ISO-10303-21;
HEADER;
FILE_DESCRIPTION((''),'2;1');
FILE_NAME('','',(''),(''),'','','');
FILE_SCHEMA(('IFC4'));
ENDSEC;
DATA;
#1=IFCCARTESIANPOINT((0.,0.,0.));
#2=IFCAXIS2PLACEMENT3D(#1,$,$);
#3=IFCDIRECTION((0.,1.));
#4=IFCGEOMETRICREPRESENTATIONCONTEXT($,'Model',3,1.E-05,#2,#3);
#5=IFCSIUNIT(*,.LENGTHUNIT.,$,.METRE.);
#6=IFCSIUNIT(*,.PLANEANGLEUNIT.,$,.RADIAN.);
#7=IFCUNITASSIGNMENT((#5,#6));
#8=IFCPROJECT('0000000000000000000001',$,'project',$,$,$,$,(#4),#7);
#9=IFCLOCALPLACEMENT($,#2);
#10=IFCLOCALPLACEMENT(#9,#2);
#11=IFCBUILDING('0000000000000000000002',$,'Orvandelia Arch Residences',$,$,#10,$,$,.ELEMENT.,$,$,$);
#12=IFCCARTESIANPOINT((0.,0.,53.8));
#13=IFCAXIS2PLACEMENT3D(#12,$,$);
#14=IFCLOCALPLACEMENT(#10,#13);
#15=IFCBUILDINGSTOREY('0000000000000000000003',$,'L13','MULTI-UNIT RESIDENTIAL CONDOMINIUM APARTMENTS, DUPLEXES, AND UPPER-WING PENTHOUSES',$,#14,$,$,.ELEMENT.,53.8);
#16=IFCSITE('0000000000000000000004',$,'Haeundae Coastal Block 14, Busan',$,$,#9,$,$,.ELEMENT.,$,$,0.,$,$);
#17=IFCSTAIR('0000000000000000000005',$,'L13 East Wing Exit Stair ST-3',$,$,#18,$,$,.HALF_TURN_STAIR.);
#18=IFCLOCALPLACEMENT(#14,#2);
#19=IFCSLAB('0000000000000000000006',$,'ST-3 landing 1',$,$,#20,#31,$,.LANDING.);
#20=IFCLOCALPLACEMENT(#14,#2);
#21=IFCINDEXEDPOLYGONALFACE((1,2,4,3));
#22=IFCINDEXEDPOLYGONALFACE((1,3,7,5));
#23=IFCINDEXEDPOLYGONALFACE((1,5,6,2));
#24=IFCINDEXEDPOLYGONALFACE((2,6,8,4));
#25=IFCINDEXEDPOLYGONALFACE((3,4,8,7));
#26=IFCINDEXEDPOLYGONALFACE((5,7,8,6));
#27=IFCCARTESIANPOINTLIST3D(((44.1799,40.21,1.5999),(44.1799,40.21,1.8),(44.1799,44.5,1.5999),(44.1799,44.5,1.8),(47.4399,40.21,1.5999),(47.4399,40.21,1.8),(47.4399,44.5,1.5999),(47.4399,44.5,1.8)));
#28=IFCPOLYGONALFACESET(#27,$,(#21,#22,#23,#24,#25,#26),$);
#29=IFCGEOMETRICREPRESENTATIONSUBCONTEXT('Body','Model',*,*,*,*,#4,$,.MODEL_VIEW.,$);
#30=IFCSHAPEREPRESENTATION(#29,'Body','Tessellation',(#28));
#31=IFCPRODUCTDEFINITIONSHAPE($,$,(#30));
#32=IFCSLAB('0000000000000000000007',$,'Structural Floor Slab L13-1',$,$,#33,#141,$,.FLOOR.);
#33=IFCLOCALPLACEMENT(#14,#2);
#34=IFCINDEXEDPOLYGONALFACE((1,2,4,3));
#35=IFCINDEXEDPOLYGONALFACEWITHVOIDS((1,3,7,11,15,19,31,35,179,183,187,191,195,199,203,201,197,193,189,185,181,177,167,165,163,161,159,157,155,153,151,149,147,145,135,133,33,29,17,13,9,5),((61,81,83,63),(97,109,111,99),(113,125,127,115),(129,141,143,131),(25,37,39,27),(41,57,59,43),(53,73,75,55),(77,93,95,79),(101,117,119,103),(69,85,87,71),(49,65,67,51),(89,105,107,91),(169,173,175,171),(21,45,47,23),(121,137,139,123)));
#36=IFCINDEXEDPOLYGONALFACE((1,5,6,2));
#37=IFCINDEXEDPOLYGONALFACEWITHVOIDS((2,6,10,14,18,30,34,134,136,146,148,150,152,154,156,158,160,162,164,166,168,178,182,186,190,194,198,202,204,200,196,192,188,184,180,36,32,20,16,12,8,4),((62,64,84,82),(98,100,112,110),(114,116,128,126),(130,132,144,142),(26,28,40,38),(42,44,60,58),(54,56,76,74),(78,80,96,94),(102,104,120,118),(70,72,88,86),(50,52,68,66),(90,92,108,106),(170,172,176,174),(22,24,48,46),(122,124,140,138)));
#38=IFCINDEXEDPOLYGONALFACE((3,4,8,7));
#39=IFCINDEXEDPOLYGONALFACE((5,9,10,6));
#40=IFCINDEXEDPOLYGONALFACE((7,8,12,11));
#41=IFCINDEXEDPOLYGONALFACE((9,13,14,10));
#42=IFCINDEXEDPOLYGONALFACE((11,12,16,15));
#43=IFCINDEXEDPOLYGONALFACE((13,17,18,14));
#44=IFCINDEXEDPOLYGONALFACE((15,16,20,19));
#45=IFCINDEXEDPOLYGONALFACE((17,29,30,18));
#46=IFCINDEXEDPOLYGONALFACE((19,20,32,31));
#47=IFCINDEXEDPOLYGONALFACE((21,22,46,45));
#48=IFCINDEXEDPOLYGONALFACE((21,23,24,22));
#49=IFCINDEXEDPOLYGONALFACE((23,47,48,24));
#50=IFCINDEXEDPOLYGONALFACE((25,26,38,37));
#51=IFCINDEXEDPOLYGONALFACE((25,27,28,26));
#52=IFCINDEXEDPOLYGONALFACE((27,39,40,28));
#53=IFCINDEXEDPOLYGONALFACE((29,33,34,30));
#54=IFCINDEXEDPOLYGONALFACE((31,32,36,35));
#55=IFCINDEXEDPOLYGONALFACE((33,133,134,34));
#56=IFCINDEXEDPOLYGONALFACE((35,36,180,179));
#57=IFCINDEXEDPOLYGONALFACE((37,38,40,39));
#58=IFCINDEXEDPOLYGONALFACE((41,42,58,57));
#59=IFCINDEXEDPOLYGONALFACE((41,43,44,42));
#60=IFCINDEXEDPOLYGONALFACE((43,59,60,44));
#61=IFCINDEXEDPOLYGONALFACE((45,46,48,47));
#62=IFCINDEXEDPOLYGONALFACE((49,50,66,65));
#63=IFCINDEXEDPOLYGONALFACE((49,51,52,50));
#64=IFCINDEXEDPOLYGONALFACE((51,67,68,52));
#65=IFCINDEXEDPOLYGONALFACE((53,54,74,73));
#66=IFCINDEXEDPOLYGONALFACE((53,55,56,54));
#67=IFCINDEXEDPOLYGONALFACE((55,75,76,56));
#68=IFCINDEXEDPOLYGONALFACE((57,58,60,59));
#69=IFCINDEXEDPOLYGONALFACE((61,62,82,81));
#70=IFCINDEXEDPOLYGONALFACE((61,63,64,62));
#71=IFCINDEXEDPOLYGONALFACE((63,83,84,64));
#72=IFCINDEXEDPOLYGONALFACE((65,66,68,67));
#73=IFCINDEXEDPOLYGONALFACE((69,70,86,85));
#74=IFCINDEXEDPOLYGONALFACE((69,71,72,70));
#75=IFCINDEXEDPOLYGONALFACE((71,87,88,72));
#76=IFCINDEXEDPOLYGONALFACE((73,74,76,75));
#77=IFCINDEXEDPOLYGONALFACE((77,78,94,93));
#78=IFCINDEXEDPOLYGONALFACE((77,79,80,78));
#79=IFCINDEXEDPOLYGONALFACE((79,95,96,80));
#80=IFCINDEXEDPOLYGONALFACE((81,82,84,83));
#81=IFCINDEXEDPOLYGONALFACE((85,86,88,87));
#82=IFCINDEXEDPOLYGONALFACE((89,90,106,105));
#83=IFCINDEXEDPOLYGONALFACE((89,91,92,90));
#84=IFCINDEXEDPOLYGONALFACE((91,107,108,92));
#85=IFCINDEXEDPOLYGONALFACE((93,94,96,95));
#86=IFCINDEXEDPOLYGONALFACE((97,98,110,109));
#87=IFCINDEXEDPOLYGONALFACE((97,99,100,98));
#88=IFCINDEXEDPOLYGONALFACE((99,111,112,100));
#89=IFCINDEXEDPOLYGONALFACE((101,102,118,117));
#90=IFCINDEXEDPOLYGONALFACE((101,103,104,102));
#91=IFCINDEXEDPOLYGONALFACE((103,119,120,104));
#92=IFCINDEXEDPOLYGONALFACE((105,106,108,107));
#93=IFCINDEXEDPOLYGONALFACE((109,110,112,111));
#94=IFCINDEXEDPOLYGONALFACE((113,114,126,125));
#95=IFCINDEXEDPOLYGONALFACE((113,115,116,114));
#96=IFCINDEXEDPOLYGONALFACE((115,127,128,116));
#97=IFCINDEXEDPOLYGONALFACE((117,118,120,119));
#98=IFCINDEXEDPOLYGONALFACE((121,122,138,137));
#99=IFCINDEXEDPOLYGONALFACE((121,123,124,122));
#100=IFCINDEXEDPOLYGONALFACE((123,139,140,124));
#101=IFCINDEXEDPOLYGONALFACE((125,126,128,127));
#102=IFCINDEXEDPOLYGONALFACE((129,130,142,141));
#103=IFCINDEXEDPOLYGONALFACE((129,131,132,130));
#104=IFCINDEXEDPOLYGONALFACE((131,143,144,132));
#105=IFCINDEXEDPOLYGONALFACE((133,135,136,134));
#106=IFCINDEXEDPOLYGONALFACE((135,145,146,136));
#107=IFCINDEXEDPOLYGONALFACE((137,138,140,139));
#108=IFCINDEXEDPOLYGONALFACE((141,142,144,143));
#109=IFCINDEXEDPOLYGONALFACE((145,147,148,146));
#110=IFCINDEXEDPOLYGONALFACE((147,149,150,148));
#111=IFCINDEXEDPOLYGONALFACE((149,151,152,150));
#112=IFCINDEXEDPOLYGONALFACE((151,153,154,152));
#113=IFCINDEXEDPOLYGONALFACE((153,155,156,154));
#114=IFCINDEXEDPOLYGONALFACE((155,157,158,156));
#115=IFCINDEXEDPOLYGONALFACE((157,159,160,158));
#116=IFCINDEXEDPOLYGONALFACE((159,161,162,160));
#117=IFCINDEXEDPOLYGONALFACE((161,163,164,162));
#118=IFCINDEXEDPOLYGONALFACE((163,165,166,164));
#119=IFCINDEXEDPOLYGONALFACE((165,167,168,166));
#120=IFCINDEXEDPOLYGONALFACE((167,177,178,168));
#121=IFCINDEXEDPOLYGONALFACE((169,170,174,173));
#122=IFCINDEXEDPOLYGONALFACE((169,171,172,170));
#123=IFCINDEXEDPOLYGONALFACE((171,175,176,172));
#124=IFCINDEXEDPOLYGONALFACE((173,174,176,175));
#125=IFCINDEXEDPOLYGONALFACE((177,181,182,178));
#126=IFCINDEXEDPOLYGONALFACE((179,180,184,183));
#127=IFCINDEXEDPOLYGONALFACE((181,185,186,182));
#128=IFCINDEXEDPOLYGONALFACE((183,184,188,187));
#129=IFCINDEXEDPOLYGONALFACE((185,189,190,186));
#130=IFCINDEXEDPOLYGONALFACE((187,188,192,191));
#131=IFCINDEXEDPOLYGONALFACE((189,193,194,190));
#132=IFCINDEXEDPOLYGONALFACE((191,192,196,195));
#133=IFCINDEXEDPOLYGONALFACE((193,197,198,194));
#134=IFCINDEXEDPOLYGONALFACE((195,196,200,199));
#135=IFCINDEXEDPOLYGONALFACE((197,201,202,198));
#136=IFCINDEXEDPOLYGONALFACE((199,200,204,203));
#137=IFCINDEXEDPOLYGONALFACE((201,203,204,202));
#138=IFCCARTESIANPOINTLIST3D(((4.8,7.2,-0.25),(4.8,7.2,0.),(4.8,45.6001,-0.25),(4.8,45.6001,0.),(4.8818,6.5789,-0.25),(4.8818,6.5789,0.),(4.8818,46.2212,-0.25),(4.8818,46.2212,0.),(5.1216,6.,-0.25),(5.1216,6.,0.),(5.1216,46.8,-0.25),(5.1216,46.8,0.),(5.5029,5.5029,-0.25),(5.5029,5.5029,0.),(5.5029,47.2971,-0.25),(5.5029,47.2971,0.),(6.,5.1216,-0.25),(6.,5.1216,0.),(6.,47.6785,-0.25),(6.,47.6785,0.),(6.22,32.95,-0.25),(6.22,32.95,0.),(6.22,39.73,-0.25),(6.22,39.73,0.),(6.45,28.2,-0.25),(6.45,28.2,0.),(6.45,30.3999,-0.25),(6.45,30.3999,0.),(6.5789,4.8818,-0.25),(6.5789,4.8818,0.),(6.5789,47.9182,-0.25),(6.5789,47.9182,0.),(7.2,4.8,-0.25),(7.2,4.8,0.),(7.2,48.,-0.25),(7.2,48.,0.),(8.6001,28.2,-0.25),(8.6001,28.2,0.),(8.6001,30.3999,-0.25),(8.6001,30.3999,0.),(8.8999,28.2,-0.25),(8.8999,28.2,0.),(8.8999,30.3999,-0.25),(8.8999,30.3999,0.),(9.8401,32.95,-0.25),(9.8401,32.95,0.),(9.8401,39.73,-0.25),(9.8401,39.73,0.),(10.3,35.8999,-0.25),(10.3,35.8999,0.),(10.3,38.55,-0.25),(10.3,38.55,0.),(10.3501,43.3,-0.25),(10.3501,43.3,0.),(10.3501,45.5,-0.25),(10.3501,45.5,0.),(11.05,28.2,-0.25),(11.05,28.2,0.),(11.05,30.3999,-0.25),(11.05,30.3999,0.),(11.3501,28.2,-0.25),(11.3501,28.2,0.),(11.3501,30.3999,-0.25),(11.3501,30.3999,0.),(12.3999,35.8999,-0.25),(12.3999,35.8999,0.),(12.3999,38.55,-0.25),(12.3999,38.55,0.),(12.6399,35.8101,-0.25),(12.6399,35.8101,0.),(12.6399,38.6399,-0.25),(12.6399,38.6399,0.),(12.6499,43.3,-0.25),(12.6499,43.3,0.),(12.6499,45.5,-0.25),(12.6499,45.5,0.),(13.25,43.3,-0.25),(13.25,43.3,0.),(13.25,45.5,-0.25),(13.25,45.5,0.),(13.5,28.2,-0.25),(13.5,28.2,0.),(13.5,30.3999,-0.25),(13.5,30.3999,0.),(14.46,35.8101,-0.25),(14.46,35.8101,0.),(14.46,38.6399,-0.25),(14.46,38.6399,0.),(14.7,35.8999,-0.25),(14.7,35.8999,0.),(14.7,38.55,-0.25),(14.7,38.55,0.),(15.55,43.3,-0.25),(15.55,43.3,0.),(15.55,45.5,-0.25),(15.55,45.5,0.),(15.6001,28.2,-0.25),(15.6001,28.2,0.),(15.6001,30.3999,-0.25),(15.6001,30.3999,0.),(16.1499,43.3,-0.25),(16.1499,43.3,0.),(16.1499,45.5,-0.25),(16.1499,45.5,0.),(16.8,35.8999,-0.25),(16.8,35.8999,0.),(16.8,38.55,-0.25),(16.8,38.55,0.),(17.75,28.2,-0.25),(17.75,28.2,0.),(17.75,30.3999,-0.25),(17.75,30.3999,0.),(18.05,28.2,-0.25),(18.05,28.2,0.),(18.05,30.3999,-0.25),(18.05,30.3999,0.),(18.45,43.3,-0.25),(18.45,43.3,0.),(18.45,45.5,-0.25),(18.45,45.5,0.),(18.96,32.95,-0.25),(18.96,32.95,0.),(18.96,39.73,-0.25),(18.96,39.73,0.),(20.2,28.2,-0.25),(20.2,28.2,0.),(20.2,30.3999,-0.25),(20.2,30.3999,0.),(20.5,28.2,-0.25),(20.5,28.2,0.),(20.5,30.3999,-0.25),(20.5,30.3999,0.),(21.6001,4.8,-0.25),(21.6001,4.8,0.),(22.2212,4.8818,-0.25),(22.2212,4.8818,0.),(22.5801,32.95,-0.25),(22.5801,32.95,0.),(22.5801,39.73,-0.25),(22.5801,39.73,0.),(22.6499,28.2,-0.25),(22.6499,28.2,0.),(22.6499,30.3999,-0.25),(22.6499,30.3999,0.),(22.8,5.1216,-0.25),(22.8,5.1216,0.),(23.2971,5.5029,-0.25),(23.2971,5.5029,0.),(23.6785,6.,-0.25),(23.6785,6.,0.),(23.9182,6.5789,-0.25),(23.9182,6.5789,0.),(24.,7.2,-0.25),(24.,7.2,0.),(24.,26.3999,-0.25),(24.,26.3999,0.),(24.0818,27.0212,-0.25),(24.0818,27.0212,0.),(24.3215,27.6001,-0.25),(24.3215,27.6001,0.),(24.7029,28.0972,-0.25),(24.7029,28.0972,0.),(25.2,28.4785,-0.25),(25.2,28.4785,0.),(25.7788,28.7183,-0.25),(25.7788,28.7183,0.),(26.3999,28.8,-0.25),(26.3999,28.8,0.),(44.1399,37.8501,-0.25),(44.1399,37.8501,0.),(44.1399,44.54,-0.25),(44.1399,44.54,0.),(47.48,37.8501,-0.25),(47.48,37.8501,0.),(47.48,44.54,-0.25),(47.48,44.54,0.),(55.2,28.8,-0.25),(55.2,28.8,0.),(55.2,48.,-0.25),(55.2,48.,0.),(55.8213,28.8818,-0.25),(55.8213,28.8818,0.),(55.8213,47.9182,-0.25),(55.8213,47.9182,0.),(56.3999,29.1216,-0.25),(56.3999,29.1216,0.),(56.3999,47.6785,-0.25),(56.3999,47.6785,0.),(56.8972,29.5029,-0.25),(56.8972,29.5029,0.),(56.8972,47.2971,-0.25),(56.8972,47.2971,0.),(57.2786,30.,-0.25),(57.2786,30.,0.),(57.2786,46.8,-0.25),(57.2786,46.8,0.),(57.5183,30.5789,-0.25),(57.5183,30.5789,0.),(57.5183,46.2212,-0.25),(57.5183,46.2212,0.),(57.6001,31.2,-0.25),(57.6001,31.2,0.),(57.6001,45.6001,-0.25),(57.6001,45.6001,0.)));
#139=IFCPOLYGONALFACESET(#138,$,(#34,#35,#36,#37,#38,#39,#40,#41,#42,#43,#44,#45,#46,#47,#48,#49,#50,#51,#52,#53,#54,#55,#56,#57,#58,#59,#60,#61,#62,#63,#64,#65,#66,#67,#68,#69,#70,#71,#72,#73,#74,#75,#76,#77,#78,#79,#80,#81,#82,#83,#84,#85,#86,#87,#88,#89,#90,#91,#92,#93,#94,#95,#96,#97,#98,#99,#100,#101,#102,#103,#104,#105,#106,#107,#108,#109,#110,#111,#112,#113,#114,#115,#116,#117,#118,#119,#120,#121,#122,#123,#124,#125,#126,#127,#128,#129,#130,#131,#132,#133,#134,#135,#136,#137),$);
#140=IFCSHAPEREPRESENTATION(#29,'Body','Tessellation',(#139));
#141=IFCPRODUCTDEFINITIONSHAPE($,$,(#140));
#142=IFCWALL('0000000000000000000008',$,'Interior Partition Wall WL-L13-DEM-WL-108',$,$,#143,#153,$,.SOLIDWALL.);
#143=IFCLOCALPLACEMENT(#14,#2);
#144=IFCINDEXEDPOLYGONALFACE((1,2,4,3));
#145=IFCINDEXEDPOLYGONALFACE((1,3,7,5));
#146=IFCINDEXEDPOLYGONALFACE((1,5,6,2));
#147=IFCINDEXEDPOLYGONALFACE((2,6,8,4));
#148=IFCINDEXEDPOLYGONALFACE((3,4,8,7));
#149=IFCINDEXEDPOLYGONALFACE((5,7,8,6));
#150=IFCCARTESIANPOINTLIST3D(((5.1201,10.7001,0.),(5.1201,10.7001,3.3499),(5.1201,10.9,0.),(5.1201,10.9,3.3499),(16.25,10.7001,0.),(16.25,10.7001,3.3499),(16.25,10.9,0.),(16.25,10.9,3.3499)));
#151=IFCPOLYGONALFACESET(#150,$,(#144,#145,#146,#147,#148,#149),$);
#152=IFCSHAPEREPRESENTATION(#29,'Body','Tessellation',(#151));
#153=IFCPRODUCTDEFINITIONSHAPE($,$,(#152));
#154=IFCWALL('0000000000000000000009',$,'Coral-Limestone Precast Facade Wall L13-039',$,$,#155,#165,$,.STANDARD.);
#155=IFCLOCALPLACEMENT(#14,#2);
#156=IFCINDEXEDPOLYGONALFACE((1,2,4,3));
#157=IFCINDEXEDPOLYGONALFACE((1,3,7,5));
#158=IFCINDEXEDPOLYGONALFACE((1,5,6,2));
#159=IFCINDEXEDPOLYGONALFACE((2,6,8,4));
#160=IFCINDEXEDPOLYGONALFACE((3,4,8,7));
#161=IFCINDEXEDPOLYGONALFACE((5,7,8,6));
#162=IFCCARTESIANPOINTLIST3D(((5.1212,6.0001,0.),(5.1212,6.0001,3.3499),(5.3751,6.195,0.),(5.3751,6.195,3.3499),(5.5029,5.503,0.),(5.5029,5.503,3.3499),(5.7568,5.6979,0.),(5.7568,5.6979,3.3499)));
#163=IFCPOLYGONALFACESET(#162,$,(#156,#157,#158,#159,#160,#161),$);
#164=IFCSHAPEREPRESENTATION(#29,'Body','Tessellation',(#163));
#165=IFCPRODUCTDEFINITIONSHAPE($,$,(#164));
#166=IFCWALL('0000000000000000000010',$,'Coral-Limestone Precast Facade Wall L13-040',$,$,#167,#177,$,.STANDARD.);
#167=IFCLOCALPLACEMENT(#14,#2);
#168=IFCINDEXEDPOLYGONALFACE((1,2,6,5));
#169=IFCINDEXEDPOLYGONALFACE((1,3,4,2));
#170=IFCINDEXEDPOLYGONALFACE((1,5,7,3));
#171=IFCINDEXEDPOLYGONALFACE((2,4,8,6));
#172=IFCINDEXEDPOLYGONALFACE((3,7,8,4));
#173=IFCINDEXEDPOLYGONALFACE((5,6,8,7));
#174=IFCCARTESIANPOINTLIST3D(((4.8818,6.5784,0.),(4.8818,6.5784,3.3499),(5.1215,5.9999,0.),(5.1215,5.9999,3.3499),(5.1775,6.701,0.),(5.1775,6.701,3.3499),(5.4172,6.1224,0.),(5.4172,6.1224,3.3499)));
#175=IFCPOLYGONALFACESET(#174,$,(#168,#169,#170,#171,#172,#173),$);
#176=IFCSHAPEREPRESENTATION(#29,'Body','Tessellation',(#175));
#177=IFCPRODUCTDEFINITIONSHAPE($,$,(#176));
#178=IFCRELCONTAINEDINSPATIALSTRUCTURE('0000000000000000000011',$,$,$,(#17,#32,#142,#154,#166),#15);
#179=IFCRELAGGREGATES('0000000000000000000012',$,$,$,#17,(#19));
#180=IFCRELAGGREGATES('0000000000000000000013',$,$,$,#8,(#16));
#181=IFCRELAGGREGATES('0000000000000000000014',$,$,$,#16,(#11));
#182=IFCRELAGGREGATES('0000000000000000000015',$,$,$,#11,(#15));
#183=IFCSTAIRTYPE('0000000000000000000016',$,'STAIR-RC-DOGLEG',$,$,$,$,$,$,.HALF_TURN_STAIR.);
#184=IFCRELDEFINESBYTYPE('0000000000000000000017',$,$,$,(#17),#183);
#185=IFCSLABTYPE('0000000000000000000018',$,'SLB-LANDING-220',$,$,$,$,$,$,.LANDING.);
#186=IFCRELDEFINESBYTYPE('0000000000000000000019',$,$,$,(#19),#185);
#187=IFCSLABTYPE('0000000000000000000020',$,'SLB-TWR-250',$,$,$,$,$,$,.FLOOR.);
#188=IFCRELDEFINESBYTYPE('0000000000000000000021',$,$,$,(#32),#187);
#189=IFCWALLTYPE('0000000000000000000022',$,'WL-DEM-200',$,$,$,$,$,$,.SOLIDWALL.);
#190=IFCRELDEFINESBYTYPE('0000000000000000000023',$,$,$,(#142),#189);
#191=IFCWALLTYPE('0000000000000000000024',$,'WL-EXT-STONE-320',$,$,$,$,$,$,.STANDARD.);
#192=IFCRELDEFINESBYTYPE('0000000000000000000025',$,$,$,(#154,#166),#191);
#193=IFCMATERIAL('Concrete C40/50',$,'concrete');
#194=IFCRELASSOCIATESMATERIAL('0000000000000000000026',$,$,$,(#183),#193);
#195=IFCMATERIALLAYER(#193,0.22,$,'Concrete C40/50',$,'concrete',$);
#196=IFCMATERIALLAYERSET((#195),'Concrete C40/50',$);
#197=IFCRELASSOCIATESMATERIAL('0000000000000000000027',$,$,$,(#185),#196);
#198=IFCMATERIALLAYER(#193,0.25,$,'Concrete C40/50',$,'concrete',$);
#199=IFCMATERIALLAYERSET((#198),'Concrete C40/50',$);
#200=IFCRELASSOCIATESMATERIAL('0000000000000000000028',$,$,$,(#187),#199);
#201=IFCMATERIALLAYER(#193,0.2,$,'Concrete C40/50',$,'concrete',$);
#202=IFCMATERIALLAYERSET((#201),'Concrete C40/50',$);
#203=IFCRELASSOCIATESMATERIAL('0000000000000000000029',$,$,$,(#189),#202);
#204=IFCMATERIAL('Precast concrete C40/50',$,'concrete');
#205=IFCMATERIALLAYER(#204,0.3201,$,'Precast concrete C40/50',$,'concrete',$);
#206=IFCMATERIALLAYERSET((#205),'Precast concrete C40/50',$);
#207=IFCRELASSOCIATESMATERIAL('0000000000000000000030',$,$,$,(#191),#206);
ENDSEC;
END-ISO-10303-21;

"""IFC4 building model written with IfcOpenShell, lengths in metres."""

from ifc_helpers import new_model, si_unit, direction, frame, frame_2d, origin, place, context, subcontext, project, spatial, polyline, rectangle, outline, extrude, material, layer, layer_set, type_object, element, aggregate, save


model = new_model("IFC4")

# Units and contexts
model_context = context("Model", 3, precision=1e-05, world=origin(), true_north=direction((0.0, 1.0)))
body_context = subcontext(model_context, "Body", "Model", "MODEL_VIEW")
ifc_project = project(units=[si_unit("LENGTHUNIT", "METRE"), si_unit("PLANEANGLEUNIT", "RADIAN")], contexts=[model_context])

# Site, building, storey
site_placement = place(None, origin())
site = spatial("IfcSite", under=ifc_project, at=site_placement, Name="Haeundae Coastal Block 14, Busan", CompositionType="ELEMENT", RefElevation=0.0)
building_placement = place(site_placement, origin())
building = spatial("IfcBuilding", under=site, at=building_placement, Name="Orvandelia Arch Residences", CompositionType="ELEMENT")
storey_placement = place(building_placement, frame((0.0, 0.0, 53.8)))
storey = spatial("IfcBuildingStorey", under=building, at=storey_placement, Name="L13", Description="MULTI-UNIT RESIDENTIAL CONDOMINIUM APARTMENTS, DUPLEXES, AND UPPER-WING PENTHOUSES", CompositionType="ELEMENT", Elevation=53.8)

# Shared definitions
ifc_material_1 = material(Name="Precast concrete C40/50", Category="concrete")

# Stair, slab
ifc_material_2 = material(Name="Concrete C40/50", Category="concrete")
stair_type = type_object("IfcStairType", Name="STAIR-RC-DOGLEG", PredefinedType="HALF_TURN_STAIR", material=ifc_material_2)
ifc_layer_1 = layer(ifc_material_2, 0.22, Name="Concrete C40/50", Category="concrete")
ifc_layer_set_1 = layer_set([ifc_layer_1], Name="Concrete C40/50")
slab_type_1 = type_object("IfcSlabType", Name="SLB-LANDING-220", PredefinedType="LANDING", material=ifc_layer_set_1)
stair_1_placement = place(storey_placement, origin())
stair_1 = element("IfcStair", 1, at=stair_1_placement, inside=storey, type_object=stair_type, Name="L13 East Wing Exit Stair ST-3", PredefinedType="HALF_TURN_STAIR")
slab_1_placement = place(storey_placement, frame((0.0, 0.0, 1.5999)))
slab_1 = element("IfcSlab", 2, at=slab_1_placement, type_object=slab_type_1, Name="ST-3 landing 1", PredefinedType="LANDING", context=body_context, shape_type="SweptSolid", body=[
    extrude(outline(polyline([(47.4399, 40.21), (47.4399, 44.5), (44.1799, 44.5), (44.1799, 40.21), (47.4399, 40.21)])), origin(), (0.0, 0.0, 1.0), 0.2002),
])
aggregate(stair_1, [slab_1])

# Slab
ifc_layer_2 = layer(ifc_material_2, 0.25, Name="Concrete C40/50", Category="concrete")
ifc_layer_set_2 = layer_set([ifc_layer_2], Name="Concrete C40/50")
slab_type_2 = type_object("IfcSlabType", Name="SLB-TWR-250", PredefinedType="FLOOR", material=ifc_layer_set_2)
slab_2_placement = place(storey_placement, frame((0.0, 0.0, -0.25)))
element("IfcSlab", 3, at=slab_2_placement, inside=storey, type_object=slab_type_2, Name="Structural Floor Slab L13-1", PredefinedType="FLOOR", context=body_context, shape_type="SweptSolid", body=[
    extrude(outline(polyline([(4.8, 7.2), (4.8818, 6.5789), (5.1216, 6.0), (5.5029, 5.5029), (6.0, 5.1216), (6.5789, 4.8818), (7.2, 4.8), (21.6001, 4.8), (22.2212, 4.8818), (22.8, 5.1216), (23.2971, 5.5029), (23.6785, 6.0), (23.9182, 6.5789), (24.0, 7.2), (24.0, 26.3999), (24.0818, 27.0212), (24.3215, 27.6001), (24.7029, 28.0972), (25.2, 28.4785), (25.7788, 28.7183), (26.3999, 28.8), (55.2, 28.8), (55.8213, 28.8818), (56.3999, 29.1216), (56.8972, 29.5029), (57.2786, 30.0), (57.5183, 30.5789), (57.6001, 31.2), (57.6001, 45.6001), (57.5183, 46.2212), (57.2786, 46.8), (56.8972, 47.2971), (56.3999, 47.6785), (55.8213, 47.9182), (55.2, 48.0), (7.2, 48.0), (6.5789, 47.9182), (6.0, 47.6785), (5.5029, 47.2971), (5.1216, 46.8), (4.8818, 46.2212), (4.8, 45.6001), (4.8, 7.2)]), holes=[polyline([(6.22, 32.95), (9.8401, 32.95), (9.8401, 39.73), (6.22, 39.73), (6.22, 32.95)]), polyline([(18.96, 32.95), (22.5801, 32.95), (22.5801, 39.73), (18.96, 39.73), (18.96, 32.95)]), polyline([(44.1399, 37.8501), (47.48, 37.8501), (47.48, 44.54), (44.1399, 44.54), (44.1399, 37.8501)]), polyline([(12.6399, 35.8101), (14.46, 35.8101), (14.46, 38.6399), (12.6399, 38.6399), (12.6399, 35.8101)]), polyline([(10.3, 35.8999), (12.3999, 35.8999), (12.3999, 38.55), (10.3, 38.55), (10.3, 35.8999)]), polyline([(14.7, 35.8999), (16.8, 35.8999), (16.8, 38.55), (14.7, 38.55), (14.7, 35.8999)]), polyline([(10.3501, 43.3), (12.6499, 43.3), (12.6499, 45.5), (10.3501, 45.5), (10.3501, 43.3)]), polyline([(13.25, 43.3), (15.55, 43.3), (15.55, 45.5), (13.25, 45.5), (13.25, 43.3)]), polyline([(16.1499, 43.3), (18.45, 43.3), (18.45, 45.5), (16.1499, 45.5), (16.1499, 43.3)]), polyline([(6.45, 28.2), (8.6001, 28.2), (8.6001, 30.3999), (6.45, 30.3999), (6.45, 28.2)]), polyline([(8.8999, 28.2), (11.05, 28.2), (11.05, 30.3999), (8.8999, 30.3999), (8.8999, 28.2)]), polyline([(11.3501, 28.2), (13.5, 28.2), (13.5, 30.3999), (11.3501, 30.3999), (11.3501, 28.2)]), polyline([(15.6001, 28.2), (17.75, 28.2), (17.75, 30.3999), (15.6001, 30.3999), (15.6001, 28.2)]), polyline([(18.05, 28.2), (20.2, 28.2), (20.2, 30.3999), (18.05, 30.3999), (18.05, 28.2)]), polyline([(20.5, 28.2), (22.6499, 28.2), (22.6499, 30.3999), (20.5, 30.3999), (20.5, 28.2)])]), origin(), (0.0, 0.0, 1.0), 0.25),
])

# Walls
ifc_layer_3 = layer(ifc_material_2, 0.2, Name="Concrete C40/50", Category="concrete")
ifc_layer_set_3 = layer_set([ifc_layer_3], Name="Concrete C40/50")
wall_type_1 = type_object("IfcWallType", Name="WL-DEM-200", PredefinedType="SOLIDWALL", material=ifc_layer_set_3)
wall_1_placement = place(storey_placement, frame((5.1201, 10.8, 0.0), z_axis=(0.0, 0.0, 1.0), x_axis=(1.0, 0.0, 0.0)))
element("IfcWall", 4, at=wall_1_placement, inside=storey, type_object=wall_type_1, Name="Interior Partition Wall WL-L13-DEM-WL-108", PredefinedType="SOLIDWALL", context=body_context, shape_type="SweptSolid", body=[
    extrude(rectangle(XDim=11.1299, YDim=0.2, at=frame_2d((5.5649, 0.0))), origin(), (0.0, 0.0, 1.0), 3.3499),
])
ifc_layer_4 = layer(ifc_material_1, 0.3201, Name="Precast concrete C40/50", Category="concrete")
ifc_layer_set_4 = layer_set([ifc_layer_4], Name="Precast concrete C40/50")
wall_type_2 = type_object("IfcWallType", Name="WL-EXT-STONE-320", PredefinedType="STANDARD", material=ifc_layer_set_4)
wall_2_placement = place(storey_placement, frame((5.6299, 5.6003, 0.0), z_axis=(0.0, 0.0, 1.0), x_axis=(-0.608939, 0.793217, 0.0)))
element("IfcWall", 5, at=wall_2_placement, inside=storey, type_object=wall_type_2, Name="Coral-Limestone Precast Facade Wall L13-039", PredefinedType="STANDARD", context=body_context, shape_type="SweptSolid", body=[
    extrude(rectangle(XDim=0.6267, YDim=0.3201, at=frame_2d((0.3135, 0.0))), origin(), (0.0, 0.0, 1.0), 3.3499),
])
wall_3_placement = place(storey_placement, frame((5.2693, 6.0613, 0.0), z_axis=(0.0, 0.0, 1.0), x_axis=(-0.382788, 0.923836, 0.0)))
element("IfcWall", 6, at=wall_3_placement, inside=storey, type_object=wall_type_2, Name="Coral-Limestone Precast Facade Wall L13-040", PredefinedType="STANDARD", context=body_context, shape_type="SweptSolid", body=[
    extrude(rectangle(XDim=0.6262, YDim=0.3201, at=frame_2d((0.313, 0.0))), origin(), (0.0, 0.0, 1.0), 3.3499),
])

save(model, "model.ifc")
